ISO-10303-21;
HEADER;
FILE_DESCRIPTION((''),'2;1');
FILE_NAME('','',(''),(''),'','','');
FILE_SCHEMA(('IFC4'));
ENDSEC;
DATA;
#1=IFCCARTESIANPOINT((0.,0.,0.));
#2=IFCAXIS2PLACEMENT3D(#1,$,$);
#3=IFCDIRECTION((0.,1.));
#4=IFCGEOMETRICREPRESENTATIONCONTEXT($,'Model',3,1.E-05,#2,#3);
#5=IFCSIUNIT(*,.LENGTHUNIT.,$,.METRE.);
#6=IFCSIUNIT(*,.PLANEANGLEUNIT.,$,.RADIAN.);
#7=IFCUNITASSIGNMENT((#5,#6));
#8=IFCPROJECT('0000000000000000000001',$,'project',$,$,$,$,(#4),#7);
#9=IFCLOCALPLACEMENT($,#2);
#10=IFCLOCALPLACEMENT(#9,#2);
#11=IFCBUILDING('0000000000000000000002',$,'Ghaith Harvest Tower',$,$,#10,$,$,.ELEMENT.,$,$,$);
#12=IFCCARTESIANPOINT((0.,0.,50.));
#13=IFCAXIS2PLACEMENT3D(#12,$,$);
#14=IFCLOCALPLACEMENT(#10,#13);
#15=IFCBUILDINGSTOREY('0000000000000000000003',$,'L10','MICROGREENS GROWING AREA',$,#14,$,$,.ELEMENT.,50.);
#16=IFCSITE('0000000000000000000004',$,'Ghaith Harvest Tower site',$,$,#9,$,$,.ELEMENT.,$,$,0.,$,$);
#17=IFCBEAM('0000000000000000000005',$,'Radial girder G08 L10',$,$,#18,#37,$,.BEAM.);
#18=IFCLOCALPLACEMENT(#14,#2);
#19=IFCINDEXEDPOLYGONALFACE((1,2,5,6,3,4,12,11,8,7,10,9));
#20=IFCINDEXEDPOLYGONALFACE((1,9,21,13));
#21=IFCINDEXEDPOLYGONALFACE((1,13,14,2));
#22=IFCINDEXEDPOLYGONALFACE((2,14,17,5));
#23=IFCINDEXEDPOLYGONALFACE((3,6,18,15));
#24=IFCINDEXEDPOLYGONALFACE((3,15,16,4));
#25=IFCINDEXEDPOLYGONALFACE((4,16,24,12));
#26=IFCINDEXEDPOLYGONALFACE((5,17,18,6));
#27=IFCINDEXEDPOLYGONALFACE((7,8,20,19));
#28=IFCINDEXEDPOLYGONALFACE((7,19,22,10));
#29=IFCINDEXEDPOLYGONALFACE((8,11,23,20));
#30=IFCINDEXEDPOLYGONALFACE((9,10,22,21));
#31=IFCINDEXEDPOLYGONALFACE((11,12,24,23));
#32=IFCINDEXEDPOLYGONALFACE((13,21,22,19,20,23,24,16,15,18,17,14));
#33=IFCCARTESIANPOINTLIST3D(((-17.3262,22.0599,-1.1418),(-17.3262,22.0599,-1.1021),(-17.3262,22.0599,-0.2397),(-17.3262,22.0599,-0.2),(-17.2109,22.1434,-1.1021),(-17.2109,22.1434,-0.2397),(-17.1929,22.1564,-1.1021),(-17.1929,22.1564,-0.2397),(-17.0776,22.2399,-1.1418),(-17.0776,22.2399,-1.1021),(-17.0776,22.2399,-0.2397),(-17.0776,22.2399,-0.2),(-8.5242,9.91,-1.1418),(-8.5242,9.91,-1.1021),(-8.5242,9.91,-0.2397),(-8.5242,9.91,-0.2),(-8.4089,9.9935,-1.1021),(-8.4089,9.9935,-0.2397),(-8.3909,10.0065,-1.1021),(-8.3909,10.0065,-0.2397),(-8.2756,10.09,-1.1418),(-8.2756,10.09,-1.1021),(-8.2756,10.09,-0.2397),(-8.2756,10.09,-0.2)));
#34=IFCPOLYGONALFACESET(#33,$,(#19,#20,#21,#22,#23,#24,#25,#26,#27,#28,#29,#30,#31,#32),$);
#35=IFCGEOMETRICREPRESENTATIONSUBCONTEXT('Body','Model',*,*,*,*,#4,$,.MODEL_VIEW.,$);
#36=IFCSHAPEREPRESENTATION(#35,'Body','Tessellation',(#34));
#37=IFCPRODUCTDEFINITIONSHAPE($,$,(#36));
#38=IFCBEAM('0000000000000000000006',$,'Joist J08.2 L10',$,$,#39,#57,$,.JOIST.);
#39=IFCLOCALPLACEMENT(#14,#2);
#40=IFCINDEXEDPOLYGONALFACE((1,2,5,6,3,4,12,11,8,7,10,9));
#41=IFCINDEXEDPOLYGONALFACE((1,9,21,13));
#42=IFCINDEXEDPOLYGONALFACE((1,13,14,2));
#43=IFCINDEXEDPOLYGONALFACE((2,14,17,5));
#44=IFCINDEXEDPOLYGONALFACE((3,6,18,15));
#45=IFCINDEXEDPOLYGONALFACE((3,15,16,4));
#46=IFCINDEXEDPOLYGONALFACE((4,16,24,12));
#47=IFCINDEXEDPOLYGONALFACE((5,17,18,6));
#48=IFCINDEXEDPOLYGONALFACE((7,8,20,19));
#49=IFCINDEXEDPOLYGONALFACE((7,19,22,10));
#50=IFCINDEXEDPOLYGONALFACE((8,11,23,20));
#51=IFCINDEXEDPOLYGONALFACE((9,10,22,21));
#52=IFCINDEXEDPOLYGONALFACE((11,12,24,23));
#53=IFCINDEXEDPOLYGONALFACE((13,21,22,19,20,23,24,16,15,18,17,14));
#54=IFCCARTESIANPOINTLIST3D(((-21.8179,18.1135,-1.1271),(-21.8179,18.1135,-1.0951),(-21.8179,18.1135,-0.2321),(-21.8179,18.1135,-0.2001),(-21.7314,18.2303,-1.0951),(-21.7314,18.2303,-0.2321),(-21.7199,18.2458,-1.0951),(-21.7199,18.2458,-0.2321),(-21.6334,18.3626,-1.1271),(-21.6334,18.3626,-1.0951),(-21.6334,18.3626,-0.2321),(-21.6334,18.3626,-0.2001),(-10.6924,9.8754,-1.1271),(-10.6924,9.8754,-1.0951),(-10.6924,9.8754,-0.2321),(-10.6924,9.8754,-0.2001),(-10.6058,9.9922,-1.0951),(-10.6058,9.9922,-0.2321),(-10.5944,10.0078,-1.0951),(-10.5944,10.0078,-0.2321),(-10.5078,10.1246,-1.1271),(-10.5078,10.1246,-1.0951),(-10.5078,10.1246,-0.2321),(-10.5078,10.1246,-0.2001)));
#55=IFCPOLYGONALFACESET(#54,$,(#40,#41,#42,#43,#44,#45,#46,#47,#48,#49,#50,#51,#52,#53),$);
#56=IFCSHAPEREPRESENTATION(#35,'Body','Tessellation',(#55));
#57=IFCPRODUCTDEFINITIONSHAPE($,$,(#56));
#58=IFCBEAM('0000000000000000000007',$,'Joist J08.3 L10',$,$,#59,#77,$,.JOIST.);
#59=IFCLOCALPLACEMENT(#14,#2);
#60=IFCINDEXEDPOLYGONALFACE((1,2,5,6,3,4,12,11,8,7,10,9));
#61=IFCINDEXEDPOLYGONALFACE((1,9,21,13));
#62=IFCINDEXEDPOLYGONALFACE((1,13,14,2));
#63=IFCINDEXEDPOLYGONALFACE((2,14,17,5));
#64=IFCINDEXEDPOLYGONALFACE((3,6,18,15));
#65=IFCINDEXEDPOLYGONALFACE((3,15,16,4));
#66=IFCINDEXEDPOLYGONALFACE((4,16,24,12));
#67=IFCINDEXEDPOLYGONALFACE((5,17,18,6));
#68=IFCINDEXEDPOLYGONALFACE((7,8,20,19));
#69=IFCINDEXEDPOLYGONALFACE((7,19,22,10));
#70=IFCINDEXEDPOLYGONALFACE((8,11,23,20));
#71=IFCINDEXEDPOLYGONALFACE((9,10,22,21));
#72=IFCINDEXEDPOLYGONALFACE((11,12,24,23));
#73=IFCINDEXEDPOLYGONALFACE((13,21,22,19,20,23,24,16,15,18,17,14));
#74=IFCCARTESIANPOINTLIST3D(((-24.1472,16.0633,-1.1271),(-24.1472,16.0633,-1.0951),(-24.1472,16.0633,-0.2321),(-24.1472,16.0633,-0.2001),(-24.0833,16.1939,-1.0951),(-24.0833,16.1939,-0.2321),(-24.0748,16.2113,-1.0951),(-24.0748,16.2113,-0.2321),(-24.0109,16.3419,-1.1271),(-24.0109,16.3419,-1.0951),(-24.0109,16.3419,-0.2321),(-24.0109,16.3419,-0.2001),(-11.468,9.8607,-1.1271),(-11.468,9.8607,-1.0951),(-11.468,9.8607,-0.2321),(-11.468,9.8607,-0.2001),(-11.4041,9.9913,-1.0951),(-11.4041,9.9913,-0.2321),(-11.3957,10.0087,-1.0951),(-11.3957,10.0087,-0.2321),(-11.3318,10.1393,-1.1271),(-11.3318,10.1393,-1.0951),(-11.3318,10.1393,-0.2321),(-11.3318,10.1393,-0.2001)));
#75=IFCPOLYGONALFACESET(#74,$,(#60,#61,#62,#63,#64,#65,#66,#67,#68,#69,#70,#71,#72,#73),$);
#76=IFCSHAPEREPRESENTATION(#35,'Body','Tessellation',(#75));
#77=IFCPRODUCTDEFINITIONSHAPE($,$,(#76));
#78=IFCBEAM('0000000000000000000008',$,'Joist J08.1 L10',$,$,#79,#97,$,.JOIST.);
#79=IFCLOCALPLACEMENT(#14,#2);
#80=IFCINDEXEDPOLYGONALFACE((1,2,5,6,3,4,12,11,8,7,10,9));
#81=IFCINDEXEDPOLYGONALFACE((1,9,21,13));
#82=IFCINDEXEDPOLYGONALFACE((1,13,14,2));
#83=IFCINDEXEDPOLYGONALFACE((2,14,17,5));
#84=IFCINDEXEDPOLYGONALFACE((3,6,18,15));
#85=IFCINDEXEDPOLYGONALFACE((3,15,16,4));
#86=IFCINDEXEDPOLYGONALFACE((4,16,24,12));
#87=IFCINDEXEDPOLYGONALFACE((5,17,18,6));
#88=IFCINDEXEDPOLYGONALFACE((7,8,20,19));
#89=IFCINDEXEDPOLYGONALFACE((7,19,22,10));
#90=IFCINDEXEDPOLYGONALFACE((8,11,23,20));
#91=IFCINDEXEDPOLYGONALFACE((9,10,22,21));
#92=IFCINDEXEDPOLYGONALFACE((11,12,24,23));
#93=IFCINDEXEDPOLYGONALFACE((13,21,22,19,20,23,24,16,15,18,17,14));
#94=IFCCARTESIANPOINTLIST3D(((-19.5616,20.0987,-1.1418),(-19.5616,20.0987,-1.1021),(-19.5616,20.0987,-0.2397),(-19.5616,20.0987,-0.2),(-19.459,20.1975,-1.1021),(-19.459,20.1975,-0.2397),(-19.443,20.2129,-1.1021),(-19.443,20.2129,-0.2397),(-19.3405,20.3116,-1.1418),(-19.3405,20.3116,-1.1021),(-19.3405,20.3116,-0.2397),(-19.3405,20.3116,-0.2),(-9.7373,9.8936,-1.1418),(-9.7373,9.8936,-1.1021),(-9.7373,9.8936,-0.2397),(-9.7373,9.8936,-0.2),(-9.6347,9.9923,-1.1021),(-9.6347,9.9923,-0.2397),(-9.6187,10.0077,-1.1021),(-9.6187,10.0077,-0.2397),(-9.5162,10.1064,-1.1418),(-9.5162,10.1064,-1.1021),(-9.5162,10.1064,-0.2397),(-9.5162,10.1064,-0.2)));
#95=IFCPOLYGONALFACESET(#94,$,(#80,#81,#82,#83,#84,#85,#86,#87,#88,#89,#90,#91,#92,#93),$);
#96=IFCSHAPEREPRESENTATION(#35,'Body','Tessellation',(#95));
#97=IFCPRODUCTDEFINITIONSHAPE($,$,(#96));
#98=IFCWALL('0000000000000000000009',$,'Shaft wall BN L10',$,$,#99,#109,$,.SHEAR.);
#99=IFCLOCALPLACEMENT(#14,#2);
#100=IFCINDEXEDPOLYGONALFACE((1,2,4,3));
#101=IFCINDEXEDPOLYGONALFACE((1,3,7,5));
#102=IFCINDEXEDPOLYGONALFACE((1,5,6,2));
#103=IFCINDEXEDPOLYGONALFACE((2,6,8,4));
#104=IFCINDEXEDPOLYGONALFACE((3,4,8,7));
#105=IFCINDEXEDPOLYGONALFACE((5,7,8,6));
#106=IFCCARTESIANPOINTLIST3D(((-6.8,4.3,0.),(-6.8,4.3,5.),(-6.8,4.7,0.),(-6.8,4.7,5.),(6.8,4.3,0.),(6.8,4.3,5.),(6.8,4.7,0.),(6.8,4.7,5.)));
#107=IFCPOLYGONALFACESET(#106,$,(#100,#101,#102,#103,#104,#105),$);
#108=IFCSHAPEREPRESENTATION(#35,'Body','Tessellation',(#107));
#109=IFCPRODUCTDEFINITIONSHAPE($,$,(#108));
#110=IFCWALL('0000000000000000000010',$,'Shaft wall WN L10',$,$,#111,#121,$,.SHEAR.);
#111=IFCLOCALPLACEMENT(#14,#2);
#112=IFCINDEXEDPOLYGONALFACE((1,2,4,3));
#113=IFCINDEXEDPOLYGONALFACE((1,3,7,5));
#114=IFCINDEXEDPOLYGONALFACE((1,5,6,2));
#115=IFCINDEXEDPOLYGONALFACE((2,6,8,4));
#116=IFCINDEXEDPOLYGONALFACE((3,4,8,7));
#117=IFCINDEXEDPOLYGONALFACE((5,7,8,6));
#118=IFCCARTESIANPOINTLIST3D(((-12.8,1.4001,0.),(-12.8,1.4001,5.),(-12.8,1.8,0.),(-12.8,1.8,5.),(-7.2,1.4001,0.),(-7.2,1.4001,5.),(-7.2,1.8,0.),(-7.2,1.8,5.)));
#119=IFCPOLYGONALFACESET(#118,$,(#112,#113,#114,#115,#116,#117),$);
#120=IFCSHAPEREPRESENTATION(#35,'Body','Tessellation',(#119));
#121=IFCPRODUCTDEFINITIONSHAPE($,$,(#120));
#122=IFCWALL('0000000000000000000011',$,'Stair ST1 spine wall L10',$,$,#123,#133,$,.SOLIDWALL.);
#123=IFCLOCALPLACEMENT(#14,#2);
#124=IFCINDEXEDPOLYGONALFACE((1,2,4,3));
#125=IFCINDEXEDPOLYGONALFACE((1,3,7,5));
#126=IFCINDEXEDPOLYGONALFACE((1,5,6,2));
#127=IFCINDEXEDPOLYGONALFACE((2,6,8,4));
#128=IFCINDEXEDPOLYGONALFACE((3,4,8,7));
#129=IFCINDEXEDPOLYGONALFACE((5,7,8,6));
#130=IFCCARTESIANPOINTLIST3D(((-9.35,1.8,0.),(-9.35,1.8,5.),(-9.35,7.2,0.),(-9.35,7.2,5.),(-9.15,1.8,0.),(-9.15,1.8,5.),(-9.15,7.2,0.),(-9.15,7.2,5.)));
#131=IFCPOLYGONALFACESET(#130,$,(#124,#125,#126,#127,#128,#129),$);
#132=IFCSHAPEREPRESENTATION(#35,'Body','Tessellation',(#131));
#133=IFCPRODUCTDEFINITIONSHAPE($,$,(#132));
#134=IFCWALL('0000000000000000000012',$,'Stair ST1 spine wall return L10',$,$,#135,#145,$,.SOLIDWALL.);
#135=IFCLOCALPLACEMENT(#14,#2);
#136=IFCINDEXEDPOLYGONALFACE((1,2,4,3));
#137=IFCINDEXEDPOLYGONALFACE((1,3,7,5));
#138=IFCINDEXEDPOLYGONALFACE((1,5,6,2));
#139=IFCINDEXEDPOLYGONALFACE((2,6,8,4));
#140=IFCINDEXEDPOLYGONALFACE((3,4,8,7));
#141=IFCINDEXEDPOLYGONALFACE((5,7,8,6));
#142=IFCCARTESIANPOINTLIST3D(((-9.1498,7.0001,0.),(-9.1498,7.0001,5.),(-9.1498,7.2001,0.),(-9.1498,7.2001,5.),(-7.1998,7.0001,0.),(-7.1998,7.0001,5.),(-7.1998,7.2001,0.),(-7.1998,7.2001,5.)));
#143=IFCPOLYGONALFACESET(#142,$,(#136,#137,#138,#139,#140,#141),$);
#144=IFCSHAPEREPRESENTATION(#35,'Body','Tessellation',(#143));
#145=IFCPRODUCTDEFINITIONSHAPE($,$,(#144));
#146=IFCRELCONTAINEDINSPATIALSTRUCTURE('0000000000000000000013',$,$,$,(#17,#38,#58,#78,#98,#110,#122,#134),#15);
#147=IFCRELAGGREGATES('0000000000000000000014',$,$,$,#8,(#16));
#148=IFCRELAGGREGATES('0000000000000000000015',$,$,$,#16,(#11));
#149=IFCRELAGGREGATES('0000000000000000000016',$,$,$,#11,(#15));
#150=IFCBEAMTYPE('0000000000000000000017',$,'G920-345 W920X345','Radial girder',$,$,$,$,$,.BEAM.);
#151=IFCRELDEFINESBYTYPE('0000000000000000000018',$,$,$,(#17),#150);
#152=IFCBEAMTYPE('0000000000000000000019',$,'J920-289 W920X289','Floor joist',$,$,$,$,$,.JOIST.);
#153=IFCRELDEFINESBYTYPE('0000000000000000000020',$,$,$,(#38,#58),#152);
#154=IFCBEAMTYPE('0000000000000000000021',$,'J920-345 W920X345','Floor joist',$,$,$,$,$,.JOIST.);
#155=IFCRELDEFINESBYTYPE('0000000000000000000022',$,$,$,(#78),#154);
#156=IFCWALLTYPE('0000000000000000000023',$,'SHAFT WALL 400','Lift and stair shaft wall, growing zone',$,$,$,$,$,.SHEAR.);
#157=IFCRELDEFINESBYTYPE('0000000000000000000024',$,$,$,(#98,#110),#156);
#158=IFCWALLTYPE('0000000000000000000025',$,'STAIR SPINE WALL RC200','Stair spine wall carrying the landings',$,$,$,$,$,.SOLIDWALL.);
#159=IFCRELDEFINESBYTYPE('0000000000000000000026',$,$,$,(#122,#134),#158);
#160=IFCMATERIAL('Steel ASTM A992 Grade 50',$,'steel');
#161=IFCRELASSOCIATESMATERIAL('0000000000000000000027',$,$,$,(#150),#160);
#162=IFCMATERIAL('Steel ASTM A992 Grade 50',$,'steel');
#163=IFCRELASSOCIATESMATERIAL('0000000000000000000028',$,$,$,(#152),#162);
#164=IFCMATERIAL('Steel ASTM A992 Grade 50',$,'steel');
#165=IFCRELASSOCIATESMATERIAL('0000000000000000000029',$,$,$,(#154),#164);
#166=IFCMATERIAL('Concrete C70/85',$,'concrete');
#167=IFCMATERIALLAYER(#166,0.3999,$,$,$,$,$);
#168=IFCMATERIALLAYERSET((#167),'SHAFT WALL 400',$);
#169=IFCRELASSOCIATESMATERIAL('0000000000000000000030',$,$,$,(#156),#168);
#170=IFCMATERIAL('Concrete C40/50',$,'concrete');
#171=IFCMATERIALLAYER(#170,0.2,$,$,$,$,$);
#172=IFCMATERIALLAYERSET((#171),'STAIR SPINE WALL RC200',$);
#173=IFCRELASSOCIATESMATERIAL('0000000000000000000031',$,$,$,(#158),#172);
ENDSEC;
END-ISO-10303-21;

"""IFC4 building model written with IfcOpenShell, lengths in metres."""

from ifc_helpers import new_model, si_unit, direction, frame, frame_2d, origin, origin_2d, place, context, subcontext, project, spatial, rectangle, i_section, extrude, material, layer, layer_set, material_profile, profile_set, type_object, element, save


model = new_model("IFC4")

# Units and contexts
model_context = context("Model", 3, precision=1e-05, world=origin(), true_north=direction((0.0, 1.0)))
body_context = subcontext(model_context, "Body", "Model", "MODEL_VIEW")
ifc_project = project(units=[si_unit("LENGTHUNIT", "METRE"), si_unit("PLANEANGLEUNIT", "RADIAN")], contexts=[model_context])

# Site, building, storey
site_placement = place(None, origin())
site = spatial("IfcSite", under=ifc_project, at=site_placement, Name="Ghaith Harvest Tower site", CompositionType="ELEMENT", RefElevation=0.0)
building_placement = place(site_placement, origin())
building = spatial("IfcBuilding", under=site, at=building_placement, Name="Ghaith Harvest Tower", CompositionType="ELEMENT")
storey_placement = place(building_placement, frame((0.0, 0.0, 50.0)))
storey = spatial("IfcBuildingStorey", under=building, at=storey_placement, Name="L10", Description="MICROGREENS GROWING AREA", CompositionType="ELEMENT", Elevation=50.0)

# Beams
ifc_material_1 = material(Name="Steel ASTM A992 Grade 50", Category="steel")
ifc_material_profile_1 = material_profile(ifc_material_1, i_section(OverallWidth=0.3069, OverallDepth=0.9419, WebThickness=0.0222, FlangeThickness=0.0398, at=origin_2d()), Name="W920X345")
ifc_profile_set_1 = profile_set([ifc_material_profile_1], Name="Steel ASTM A992 Grade 50")
beam_type_1 = type_object("IfcBeamType", Name="G920-345 W920X345", Description="Radial girder", PredefinedType="BEAM", material=ifc_profile_set_1)
beam_1_placement = place(storey_placement, frame((-8.3999, 10.0, -0.6709), z_axis=(-0.586676, 0.809822, 0.0), x_axis=(-0.809822, -0.586676, 0.0)))
element("IfcBeam", 1, at=beam_1_placement, inside=storey, type_object=beam_type_1, Name="Radial girder G08 L10", PredefinedType="BEAM", context=body_context, shape_type="SweptSolid", body=[
    extrude(i_section(OverallWidth=0.3069, OverallDepth=0.9419, WebThickness=0.0222, FlangeThickness=0.0398, at=origin_2d()), origin(), (0.0, 0.0, 1.0), 15.0032),
])
ifc_material_2 = material(Name="Steel ASTM A992 Grade 50", Category="steel")
ifc_material_profile_2 = material_profile(ifc_material_2, i_section(OverallWidth=0.3101, OverallDepth=0.927, WebThickness=0.0193, FlangeThickness=0.032, at=origin_2d()), Name="W920X289")
ifc_profile_set_2 = profile_set([ifc_material_profile_2], Name="Steel ASTM A992 Grade 50")
beam_type_2 = type_object("IfcBeamType", Name="J920-289 W920X289", Description="Floor joist", PredefinedType="JOIST", material=ifc_profile_set_2)
beam_2_placement = place(storey_placement, frame((-10.6001, 10.0, -0.6636), z_axis=(-0.803663, 0.595085, 0.0), x_axis=(-0.595085, -0.803663, 0.0)))
element("IfcBeam", 2, at=beam_2_placement, inside=storey, type_object=beam_type_2, Name="Joist J08.2 L10", PredefinedType="JOIST", context=body_context, shape_type="SweptSolid", body=[
    extrude(i_section(OverallWidth=0.3101, OverallDepth=0.927, WebThickness=0.0193, FlangeThickness=0.032, at=origin_2d()), origin(), (0.0, 0.0, 1.0), 13.8435),
])
beam_3_placement = place(storey_placement, frame((-11.3999, 10.0, -0.6636), z_axis=(-0.898275, 0.439434, 0.0), x_axis=(-0.439434, -0.898275, 0.0)))
element("IfcBeam", 3, at=beam_3_placement, inside=storey, type_object=beam_type_2, Name="Joist J08.3 L10", PredefinedType="JOIST", context=body_context, shape_type="SweptSolid", body=[
    extrude(i_section(OverallWidth=0.3101, OverallDepth=0.927, WebThickness=0.0193, FlangeThickness=0.032, at=origin_2d()), origin(), (0.0, 0.0, 1.0), 14.115),
])
ifc_material_3 = material(Name="Steel ASTM A992 Grade 50", Category="steel")
ifc_material_profile_3 = material_profile(ifc_material_3, i_section(OverallWidth=0.3069, OverallDepth=0.9419, WebThickness=0.0222, FlangeThickness=0.0398, at=origin_2d()), Name="W920X345")
ifc_profile_set_3 = profile_set([ifc_material_profile_3], Name="Steel ASTM A992 Grade 50")
beam_type_3 = type_object("IfcBeamType", Name="J920-345 W920X345", Description="Floor joist", PredefinedType="JOIST", material=ifc_profile_set_3)
beam_4_placement = place(storey_placement, frame((-9.6267, 10.0, -0.6709), z_axis=(-0.693536, 0.720422, 0.0), x_axis=(-0.720422, -0.693536, 0.0)))
element("IfcBeam", 4, at=beam_4_placement, inside=storey, type_object=beam_type_3, Name="Joist J08.1 L10", PredefinedType="JOIST", context=body_context, shape_type="SweptSolid", body=[
    extrude(i_section(OverallWidth=0.3069, OverallDepth=0.9419, WebThickness=0.0222, FlangeThickness=0.0398, at=origin_2d()), origin(), (0.0, 0.0, 1.0), 14.1655),
])

# Shared definitions
ifc_material_4 = material(Name="Concrete C70/85", Category="concrete")
ifc_layer_1 = layer(ifc_material_4, 0.3999)
ifc_layer_set_1 = layer_set([ifc_layer_1], Name="SHAFT WALL 400")
wall_type_1 = type_object("IfcWallType", Name="SHAFT WALL 400", Description="Lift and stair shaft wall, growing zone", PredefinedType="SHEAR", material=ifc_layer_set_1)

# Walls
wall_1_placement = place(storey_placement, frame((-6.8, 4.5, 0.0), z_axis=(0.0, 0.0, 1.0), x_axis=(1.0, 0.0, 0.0)))
element("IfcWall", 5, at=wall_1_placement, inside=storey, type_object=wall_type_1, Name="Shaft wall BN L10", PredefinedType="SHEAR", context=body_context, shape_type="SweptSolid", body=[
    extrude(rectangle(XDim=13.6001, YDim=0.3999, at=frame_2d((6.8, 0.0))), origin(), (0.0, 0.0, 1.0), 5.0),
])
wall_2_placement = place(storey_placement, frame((-12.8, 1.6001, 0.0), z_axis=(0.0, 0.0, 1.0), x_axis=(1.0, 0.0, 0.0)))
element("IfcWall", 6, at=wall_2_placement, inside=storey, type_object=wall_type_1, Name="Shaft wall WN L10", PredefinedType="SHEAR", context=body_context, shape_type="SweptSolid", body=[
    extrude(rectangle(XDim=5.6001, YDim=0.3999, at=frame_2d((2.8, 0.0))), origin(), (0.0, 0.0, 1.0), 5.0),
])
ifc_material_5 = material(Name="Concrete C40/50", Category="concrete")
ifc_layer_2 = layer(ifc_material_5, 0.2)
ifc_layer_set_2 = layer_set([ifc_layer_2], Name="STAIR SPINE WALL RC200")
wall_type_2 = type_object("IfcWallType", Name="STAIR SPINE WALL RC200", Description="Stair spine wall carrying the landings", PredefinedType="SOLIDWALL", material=ifc_layer_set_2)
wall_3_placement = place(storey_placement, frame((-9.25, 7.2, 0.0), z_axis=(0.0, 0.0, 1.0), x_axis=(0.0, -1.0, 0.0)))
element("IfcWall", 7, at=wall_3_placement, inside=storey, type_object=wall_type_2, Name="Stair ST1 spine wall L10", PredefinedType="SOLIDWALL", context=body_context, shape_type="SweptSolid", body=[
    extrude(rectangle(XDim=5.3999, YDim=0.2, at=frame_2d((2.7, 0.0))), origin(), (0.0, 0.0, 1.0), 5.0),
])
wall_4_placement = place(storey_placement, frame((-9.1499, 7.1001, 0.0), z_axis=(0.0, 0.0, 1.0), x_axis=(1.0, 0.0, 0.0)))
element("IfcWall", 8, at=wall_4_placement, inside=storey, type_object=wall_type_2, Name="Stair ST1 spine wall return L10", PredefinedType="SOLIDWALL", context=body_context, shape_type="SweptSolid", body=[
    extrude(rectangle(XDim=1.95, YDim=0.2, at=frame_2d((0.9751, 0.0))), origin(), (0.0, 0.0, 1.0), 5.0),
])

save(model, "model.ifc")
